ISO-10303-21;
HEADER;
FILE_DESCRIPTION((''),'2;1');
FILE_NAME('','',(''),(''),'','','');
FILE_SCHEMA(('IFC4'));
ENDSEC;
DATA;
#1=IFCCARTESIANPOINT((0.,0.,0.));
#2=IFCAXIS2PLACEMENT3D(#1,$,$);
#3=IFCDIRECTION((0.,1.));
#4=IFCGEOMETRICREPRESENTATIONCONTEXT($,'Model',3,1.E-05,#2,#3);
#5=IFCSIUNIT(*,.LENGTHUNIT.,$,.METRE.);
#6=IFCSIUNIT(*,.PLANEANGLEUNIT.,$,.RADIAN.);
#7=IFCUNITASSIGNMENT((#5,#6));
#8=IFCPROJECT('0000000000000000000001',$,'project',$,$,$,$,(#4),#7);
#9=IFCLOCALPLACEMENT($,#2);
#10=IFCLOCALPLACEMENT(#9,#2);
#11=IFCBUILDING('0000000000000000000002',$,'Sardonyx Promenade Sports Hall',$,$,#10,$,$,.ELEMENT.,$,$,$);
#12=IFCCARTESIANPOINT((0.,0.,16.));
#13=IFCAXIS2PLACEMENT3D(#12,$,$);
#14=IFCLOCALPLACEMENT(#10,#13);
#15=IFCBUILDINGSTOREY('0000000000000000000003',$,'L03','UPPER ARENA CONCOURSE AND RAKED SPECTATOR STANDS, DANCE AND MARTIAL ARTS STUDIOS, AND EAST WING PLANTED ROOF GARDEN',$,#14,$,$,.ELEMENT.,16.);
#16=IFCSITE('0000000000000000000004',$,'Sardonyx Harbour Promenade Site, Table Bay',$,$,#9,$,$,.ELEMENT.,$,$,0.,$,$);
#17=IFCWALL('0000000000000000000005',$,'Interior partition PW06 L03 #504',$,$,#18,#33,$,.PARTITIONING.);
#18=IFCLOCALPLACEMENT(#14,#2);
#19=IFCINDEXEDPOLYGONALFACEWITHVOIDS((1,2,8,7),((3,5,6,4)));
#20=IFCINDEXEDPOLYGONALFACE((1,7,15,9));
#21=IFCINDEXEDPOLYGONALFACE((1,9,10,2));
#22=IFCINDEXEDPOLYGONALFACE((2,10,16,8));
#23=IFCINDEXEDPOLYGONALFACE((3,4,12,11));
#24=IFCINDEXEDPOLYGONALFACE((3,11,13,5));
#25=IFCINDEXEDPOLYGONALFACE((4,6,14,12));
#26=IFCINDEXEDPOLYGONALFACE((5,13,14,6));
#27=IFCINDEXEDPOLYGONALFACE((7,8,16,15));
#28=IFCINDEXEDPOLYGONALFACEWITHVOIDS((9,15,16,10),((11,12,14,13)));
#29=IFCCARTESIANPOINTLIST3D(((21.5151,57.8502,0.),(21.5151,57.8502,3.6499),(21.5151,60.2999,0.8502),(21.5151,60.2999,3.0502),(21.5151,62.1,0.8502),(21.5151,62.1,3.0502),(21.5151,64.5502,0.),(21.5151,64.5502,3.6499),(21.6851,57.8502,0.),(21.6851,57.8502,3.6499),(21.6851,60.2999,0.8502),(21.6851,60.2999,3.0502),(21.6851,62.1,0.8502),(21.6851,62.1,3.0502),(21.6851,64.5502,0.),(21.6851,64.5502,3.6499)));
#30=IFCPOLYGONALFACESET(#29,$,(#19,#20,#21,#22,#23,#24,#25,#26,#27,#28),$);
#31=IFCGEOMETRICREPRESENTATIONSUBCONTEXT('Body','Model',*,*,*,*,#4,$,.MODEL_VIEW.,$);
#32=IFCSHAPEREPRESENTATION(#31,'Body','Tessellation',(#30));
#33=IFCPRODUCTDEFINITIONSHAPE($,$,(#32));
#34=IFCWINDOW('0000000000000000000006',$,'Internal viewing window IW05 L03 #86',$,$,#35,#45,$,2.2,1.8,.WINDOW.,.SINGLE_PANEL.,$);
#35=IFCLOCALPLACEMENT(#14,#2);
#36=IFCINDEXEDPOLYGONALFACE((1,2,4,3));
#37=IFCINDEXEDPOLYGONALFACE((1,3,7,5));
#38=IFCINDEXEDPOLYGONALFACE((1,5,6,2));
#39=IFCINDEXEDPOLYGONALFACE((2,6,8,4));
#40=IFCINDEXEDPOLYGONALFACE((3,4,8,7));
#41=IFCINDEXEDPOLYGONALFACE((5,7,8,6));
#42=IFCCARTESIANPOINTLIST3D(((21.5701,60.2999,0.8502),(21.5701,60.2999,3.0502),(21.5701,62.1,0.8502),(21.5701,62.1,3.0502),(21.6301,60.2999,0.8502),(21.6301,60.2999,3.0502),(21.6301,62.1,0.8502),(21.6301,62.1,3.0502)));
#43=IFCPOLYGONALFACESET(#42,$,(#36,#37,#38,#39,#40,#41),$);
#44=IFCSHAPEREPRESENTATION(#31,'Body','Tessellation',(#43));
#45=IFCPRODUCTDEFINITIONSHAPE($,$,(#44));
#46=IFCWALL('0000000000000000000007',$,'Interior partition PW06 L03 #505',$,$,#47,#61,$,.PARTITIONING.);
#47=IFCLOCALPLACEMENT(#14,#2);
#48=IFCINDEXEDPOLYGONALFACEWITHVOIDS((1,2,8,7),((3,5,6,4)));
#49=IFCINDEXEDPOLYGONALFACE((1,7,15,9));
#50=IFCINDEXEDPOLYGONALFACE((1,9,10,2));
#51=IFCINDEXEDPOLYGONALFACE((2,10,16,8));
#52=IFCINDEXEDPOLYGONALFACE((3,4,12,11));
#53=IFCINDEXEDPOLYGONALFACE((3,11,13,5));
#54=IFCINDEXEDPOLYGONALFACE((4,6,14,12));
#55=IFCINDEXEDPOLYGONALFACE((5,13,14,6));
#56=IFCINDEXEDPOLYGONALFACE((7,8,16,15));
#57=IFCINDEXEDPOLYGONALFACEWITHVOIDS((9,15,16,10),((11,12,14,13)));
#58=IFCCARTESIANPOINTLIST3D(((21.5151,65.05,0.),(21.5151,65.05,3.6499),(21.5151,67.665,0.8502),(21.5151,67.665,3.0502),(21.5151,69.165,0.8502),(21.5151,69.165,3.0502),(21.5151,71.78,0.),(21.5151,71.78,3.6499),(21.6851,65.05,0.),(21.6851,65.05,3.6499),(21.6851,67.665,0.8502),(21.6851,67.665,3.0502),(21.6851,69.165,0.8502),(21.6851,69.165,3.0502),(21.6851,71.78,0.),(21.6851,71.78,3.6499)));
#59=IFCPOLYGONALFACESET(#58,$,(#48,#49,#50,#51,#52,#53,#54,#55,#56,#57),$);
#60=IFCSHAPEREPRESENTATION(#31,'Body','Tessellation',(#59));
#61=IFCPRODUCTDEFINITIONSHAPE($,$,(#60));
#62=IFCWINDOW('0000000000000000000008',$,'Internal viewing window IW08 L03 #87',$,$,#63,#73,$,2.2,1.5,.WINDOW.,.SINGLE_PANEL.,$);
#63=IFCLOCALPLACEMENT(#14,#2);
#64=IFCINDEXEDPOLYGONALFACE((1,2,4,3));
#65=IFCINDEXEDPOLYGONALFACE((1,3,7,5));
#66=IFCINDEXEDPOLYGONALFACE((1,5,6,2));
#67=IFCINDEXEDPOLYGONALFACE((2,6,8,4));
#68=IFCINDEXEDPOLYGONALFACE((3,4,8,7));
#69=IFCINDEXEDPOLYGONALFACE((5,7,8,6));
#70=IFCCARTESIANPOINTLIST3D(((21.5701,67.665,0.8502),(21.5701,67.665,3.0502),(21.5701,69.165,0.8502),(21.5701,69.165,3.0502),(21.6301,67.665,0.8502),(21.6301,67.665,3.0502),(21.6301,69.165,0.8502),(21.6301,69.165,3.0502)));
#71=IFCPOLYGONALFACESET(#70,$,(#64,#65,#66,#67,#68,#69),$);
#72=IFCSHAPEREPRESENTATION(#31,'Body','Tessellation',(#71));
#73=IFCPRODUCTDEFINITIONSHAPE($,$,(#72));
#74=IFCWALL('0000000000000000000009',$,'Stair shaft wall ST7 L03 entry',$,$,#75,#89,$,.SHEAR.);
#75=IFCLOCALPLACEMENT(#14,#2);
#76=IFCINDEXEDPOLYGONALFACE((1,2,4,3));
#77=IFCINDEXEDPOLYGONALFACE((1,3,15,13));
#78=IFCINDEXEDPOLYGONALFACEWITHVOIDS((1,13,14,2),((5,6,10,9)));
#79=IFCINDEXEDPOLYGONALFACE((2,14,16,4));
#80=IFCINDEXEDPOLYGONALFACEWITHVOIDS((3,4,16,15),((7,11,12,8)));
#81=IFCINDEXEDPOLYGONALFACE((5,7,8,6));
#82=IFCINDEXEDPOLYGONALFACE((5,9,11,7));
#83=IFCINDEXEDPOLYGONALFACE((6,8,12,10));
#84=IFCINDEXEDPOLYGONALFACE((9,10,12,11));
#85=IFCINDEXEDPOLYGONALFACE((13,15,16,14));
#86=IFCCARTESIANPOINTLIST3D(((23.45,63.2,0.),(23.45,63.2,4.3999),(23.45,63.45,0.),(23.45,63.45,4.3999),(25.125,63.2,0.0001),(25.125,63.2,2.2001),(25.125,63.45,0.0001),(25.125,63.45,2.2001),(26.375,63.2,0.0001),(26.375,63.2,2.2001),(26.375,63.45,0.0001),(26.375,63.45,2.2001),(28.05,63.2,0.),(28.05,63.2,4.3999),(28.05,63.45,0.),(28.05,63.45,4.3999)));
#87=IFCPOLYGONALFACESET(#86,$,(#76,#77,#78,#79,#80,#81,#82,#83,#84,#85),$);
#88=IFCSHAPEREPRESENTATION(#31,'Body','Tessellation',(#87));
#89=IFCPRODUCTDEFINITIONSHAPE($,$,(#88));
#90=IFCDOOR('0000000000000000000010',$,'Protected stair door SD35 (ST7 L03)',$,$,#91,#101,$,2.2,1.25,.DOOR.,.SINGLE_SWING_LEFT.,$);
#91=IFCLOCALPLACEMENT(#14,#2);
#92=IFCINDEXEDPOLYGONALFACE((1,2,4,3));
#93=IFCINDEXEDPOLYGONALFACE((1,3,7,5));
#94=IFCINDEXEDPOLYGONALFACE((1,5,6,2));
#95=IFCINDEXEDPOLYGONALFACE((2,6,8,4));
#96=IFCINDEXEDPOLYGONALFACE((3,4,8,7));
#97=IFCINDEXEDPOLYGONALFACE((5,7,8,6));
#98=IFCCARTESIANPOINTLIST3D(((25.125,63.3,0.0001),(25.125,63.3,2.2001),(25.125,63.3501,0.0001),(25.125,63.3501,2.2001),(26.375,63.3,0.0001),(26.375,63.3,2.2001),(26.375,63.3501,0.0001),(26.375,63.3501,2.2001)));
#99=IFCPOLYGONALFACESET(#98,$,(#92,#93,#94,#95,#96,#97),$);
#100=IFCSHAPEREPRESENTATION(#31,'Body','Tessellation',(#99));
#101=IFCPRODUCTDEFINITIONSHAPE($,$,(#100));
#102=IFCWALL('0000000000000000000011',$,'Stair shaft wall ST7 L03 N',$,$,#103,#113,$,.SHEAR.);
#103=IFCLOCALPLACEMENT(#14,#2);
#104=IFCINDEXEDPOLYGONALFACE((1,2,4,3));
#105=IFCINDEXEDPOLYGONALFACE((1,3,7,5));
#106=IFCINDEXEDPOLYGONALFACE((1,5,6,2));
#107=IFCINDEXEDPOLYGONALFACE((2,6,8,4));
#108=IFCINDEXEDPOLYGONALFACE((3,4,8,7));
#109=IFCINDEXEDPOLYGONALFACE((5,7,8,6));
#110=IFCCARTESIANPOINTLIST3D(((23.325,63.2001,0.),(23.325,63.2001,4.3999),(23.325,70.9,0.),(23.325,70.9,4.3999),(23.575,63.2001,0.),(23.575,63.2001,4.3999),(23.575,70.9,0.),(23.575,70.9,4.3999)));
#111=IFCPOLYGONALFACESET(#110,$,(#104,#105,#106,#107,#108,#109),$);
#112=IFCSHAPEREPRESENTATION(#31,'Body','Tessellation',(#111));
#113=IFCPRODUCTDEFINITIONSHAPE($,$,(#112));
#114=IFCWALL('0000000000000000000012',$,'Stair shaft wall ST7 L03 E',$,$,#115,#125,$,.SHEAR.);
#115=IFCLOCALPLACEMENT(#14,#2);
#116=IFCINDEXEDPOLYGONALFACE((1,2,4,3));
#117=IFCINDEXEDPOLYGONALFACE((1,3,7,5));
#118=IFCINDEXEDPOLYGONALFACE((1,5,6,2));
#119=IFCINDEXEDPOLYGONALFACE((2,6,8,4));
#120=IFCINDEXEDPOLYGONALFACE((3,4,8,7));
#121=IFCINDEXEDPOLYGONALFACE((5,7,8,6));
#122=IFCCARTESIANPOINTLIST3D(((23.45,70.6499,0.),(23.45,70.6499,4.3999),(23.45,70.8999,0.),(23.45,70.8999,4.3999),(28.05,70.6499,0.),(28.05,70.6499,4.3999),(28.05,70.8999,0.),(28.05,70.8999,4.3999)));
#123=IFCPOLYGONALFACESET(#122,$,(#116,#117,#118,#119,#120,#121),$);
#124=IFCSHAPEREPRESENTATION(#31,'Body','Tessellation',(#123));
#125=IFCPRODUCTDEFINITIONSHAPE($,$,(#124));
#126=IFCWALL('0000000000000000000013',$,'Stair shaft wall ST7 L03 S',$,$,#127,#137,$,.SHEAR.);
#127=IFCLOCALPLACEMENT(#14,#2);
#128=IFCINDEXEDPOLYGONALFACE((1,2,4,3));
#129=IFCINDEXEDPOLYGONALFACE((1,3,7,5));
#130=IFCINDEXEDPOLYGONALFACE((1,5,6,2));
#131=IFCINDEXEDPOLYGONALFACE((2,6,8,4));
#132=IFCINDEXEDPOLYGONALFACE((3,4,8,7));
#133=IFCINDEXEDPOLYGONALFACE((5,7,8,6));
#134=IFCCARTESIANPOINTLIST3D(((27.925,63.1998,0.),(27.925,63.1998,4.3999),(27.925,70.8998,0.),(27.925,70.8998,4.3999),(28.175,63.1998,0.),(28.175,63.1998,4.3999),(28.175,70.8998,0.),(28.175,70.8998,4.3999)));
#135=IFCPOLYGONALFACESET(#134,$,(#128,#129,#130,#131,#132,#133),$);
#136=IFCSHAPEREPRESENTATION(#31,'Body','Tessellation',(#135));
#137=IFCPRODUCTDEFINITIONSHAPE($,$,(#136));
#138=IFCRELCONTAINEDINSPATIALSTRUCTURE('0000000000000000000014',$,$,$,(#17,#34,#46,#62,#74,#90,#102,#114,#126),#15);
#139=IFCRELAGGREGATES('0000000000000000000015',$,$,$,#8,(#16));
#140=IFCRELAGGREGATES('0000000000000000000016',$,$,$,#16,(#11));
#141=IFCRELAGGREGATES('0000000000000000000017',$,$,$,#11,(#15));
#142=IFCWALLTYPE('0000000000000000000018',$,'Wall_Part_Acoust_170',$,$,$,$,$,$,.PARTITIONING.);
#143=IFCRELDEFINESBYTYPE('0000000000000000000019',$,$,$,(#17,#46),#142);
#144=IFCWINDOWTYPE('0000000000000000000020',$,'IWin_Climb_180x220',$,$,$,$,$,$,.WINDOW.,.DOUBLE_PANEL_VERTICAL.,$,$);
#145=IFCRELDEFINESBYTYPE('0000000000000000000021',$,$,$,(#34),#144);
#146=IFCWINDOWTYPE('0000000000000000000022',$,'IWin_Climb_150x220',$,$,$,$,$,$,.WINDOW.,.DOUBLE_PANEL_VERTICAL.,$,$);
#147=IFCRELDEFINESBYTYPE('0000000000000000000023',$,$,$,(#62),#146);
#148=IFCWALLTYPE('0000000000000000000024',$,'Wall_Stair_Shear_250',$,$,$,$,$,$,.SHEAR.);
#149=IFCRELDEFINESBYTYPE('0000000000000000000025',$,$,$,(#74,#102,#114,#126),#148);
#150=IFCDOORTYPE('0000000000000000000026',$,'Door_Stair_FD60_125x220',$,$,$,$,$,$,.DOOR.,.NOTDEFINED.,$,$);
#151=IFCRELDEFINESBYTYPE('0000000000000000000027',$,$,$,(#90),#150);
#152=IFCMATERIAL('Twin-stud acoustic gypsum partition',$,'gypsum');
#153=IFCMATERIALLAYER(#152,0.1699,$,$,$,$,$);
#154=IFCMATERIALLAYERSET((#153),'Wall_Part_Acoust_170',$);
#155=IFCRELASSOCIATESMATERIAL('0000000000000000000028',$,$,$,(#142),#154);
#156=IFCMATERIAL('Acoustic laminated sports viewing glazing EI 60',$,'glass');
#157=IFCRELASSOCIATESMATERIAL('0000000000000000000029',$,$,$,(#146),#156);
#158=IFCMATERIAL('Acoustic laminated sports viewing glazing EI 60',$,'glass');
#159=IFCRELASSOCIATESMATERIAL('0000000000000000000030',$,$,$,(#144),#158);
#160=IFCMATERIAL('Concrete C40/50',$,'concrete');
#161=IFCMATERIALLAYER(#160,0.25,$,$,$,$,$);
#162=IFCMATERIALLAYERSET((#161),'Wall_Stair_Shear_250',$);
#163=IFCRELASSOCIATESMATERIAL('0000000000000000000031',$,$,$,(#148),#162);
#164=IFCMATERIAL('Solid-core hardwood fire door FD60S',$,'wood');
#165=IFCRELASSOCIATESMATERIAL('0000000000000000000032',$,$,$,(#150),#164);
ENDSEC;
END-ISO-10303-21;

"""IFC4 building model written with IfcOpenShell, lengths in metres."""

from ifc_helpers import new_model, si_unit, direction, frame, frame_2d, origin, place, context, subcontext, project, spatial, rectangle, extrude, material, layer, layer_set, type_object, element, fill, save


model = new_model("IFC4")

# Units and contexts
model_context = context("Model", 3, precision=1e-05, world=origin(), true_north=direction((0.0, 1.0)))
body_context = subcontext(model_context, "Body", "Model", "MODEL_VIEW")
ifc_project = project(units=[si_unit("LENGTHUNIT", "METRE"), si_unit("PLANEANGLEUNIT", "RADIAN")], contexts=[model_context])

# Site, building, storey
site_placement = place(None, origin())
site = spatial("IfcSite", under=ifc_project, at=site_placement, Name="Sardonyx Harbour Promenade Site, Table Bay", CompositionType="ELEMENT", RefElevation=0.0)
building_placement = place(site_placement, origin())
building = spatial("IfcBuilding", under=site, at=building_placement, Name="Sardonyx Promenade Sports Hall", CompositionType="ELEMENT")
storey_placement = place(building_placement, frame((0.0, 0.0, 16.0)))
storey = spatial("IfcBuildingStorey", under=building, at=storey_placement, Name="L03", Description="UPPER ARENA CONCOURSE AND RAKED SPECTATOR STANDS, DANCE AND MARTIAL ARTS STUDIOS, AND EAST WING PLANTED ROOF GARDEN", CompositionType="ELEMENT", Elevation=16.0)

# Walls, openings, windows
ifc_material_1 = material(Name="Twin-stud acoustic gypsum partition", Category="gypsum")
ifc_layer_1 = layer(ifc_material_1, 0.1699)
ifc_layer_set_1 = layer_set([ifc_layer_1], Name="Wall_Part_Acoust_170")
wall_type_1 = type_object("IfcWallType", Name="Wall_Part_Acoust_170", PredefinedType="PARTITIONING", material=ifc_layer_set_1)
ifc_material_2 = material(Name="Acoustic laminated sports viewing glazing EI 60", Category="glass")
window_type_1 = type_object("IfcWindowType", Name="IWin_Climb_150x220", PartitioningType="DOUBLE_PANEL_VERTICAL", PredefinedType="WINDOW", material=ifc_material_2)
wall_1_placement = place(storey_placement, frame((21.6001, 57.8501, 0.0), z_axis=(0.0, 0.0, 1.0), x_axis=(0.0, 1.0, 0.0)))
wall_1 = element("IfcWall", 1, at=wall_1_placement, inside=storey, type_object=wall_type_1, Name="Interior partition PW06 L03 #504", PredefinedType="PARTITIONING", context=body_context, shape_type="SweptSolid", body=[
    extrude(rectangle(XDim=6.7, YDim=0.1699, at=frame_2d((3.3501, 0.0))), origin(), (0.0, 0.0, 1.0), 3.6499),
])
opening_1_placement = place(wall_1_placement, frame((2.45, 0.0, 0.8501)))
opening_1 = element("IfcOpeningElement", 2, at=opening_1_placement, cuts=wall_1, PredefinedType="OPENING", context=body_context, shape_type="SweptSolid", body=[
    extrude(rectangle(XDim=1.8, YDim=2.2, at=frame_2d((0.8999, 1.1001))), frame((0.0, 0.095, 0.0), z_axis=(0.0, -1.0, 0.0), x_axis=(1.0, 0.0, 0.0)), (0.0, 0.0, 1.0), 0.19),
])
ifc_material_3 = material(Name="Acoustic laminated sports viewing glazing EI 60", Category="glass")
window_type_2 = type_object("IfcWindowType", Name="IWin_Climb_180x220", PartitioningType="DOUBLE_PANEL_VERTICAL", PredefinedType="WINDOW", material=ifc_material_3)
window_1_placement = place(opening_1_placement, origin())
window_1 = element("IfcWindow", 3, at=window_1_placement, inside=storey, type_object=window_type_2, Name="Internal viewing window IW05 L03 #86", OverallHeight=2.2, OverallWidth=1.8, PartitioningType="SINGLE_PANEL", PredefinedType="WINDOW", context=body_context, shape_type="SweptSolid", body=[
    extrude(rectangle(XDim=1.8, YDim=2.2, at=frame_2d((0.8999, 1.1001))), frame((0.0, 0.03, 0.0), z_axis=(0.0, -1.0, 0.0), x_axis=(1.0, 0.0, 0.0)), (0.0, 0.0, 1.0), 0.0601),
])
fill(opening_1, window_1)
wall_2_placement = place(storey_placement, frame((21.6001, 65.05, 0.0), z_axis=(0.0, 0.0, 1.0), x_axis=(0.0, 1.0, 0.0)))
wall_2 = element("IfcWall", 4, at=wall_2_placement, inside=storey, type_object=wall_type_1, Name="Interior partition PW06 L03 #505", PredefinedType="PARTITIONING", context=body_context, shape_type="SweptSolid", body=[
    extrude(rectangle(XDim=6.73, YDim=0.1699, at=frame_2d((3.365, 0.0))), origin(), (0.0, 0.0, 1.0), 3.6499),
])
opening_2_placement = place(wall_2_placement, frame((2.615, 0.0, 0.8501)))
opening_2 = element("IfcOpeningElement", 5, at=opening_2_placement, cuts=wall_2, PredefinedType="OPENING", context=body_context, shape_type="SweptSolid", body=[
    extrude(rectangle(XDim=1.5, YDim=2.2, at=frame_2d((0.75, 1.1001))), frame((0.0, 0.095, 0.0), z_axis=(0.0, -1.0, 0.0), x_axis=(1.0, 0.0, 0.0)), (0.0, 0.0, 1.0), 0.19),
])
window_2_placement = place(opening_2_placement, origin())
window_2 = element("IfcWindow", 6, at=window_2_placement, inside=storey, type_object=window_type_1, Name="Internal viewing window IW08 L03 #87", OverallHeight=2.2, OverallWidth=1.5, PartitioningType="SINGLE_PANEL", PredefinedType="WINDOW", context=body_context, shape_type="SweptSolid", body=[
    extrude(rectangle(XDim=1.5, YDim=2.2, at=frame_2d((0.75, 1.1001))), frame((0.0, 0.03, 0.0), z_axis=(0.0, -1.0, 0.0), x_axis=(1.0, 0.0, 0.0)), (0.0, 0.0, 1.0), 0.0601),
])
fill(opening_2, window_2)

# Wall, opening, door
ifc_material_4 = material(Name="Concrete C40/50", Category="concrete")
ifc_layer_2 = layer(ifc_material_4, 0.25)
ifc_layer_set_2 = layer_set([ifc_layer_2], Name="Wall_Stair_Shear_250")
wall_type_2 = type_object("IfcWallType", Name="Wall_Stair_Shear_250", PredefinedType="SHEAR", material=ifc_layer_set_2)
wall_3_placement = place(storey_placement, frame((28.05, 63.325, 0.0), z_axis=(0.0, 0.0, 1.0), x_axis=(-1.0, 0.0, 0.0)))
wall_3 = element("IfcWall", 7, at=wall_3_placement, inside=storey, type_object=wall_type_2, Name="Stair shaft wall ST7 L03 entry", PredefinedType="SHEAR", context=body_context, shape_type="SweptSolid", body=[
    extrude(rectangle(XDim=4.6001, YDim=0.25, at=frame_2d((2.3, 0.0))), origin(), (0.0, 0.0, 1.0), 4.3999),
])
opening_3_placement = place(wall_3_placement, frame((1.675, 0.0, 0.0)))
opening_3 = element("IfcOpeningElement", 8, at=opening_3_placement, cuts=wall_3, PredefinedType="OPENING", context=body_context, shape_type="SweptSolid", body=[
    extrude(rectangle(XDim=1.25, YDim=2.2, at=frame_2d((0.625, 1.1001))), frame((0.0, 0.135, 0.0), z_axis=(0.0, -1.0, 0.0), x_axis=(1.0, 0.0, 0.0)), (0.0, 0.0, 1.0), 0.27),
])
ifc_material_5 = material(Name="Solid-core hardwood fire door FD60S", Category="wood")
door_type = type_object("IfcDoorType", Name="Door_Stair_FD60_125x220", OperationType="NOTDEFINED", PredefinedType="DOOR", material=ifc_material_5)
door_placement = place(opening_3_placement, origin())
door = element("IfcDoor", 9, at=door_placement, inside=storey, type_object=door_type, Name="Protected stair door SD35 (ST7 L03)", OperationType="SINGLE_SWING_LEFT", OverallHeight=2.2, OverallWidth=1.25, PredefinedType="DOOR", context=body_context, shape_type="SweptSolid", body=[
    extrude(rectangle(XDim=1.25, YDim=2.2, at=frame_2d((0.625, 1.1001))), frame((0.0, 0.0249, 0.0), z_axis=(0.0, -1.0, 0.0), x_axis=(1.0, 0.0, 0.0)), (0.0, 0.0, 1.0), 0.05),
])
fill(opening_3, door)

# Walls
wall_4_placement = place(storey_placement, frame((23.45, 63.2, 0.0), z_axis=(0.0, 0.0, 1.0), x_axis=(0.0, 1.0, 0.0)))
element("IfcWall", 10, at=wall_4_placement, inside=storey, type_object=wall_type_2, Name="Stair shaft wall ST7 L03 N", PredefinedType="SHEAR", context=body_context, shape_type="SweptSolid", body=[
    extrude(rectangle(XDim=7.7, YDim=0.25, at=frame_2d((3.8501, 0.0))), origin(), (0.0, 0.0, 1.0), 4.3999),
])
wall_5_placement = place(storey_placement, frame((23.45, 70.7749, 0.0), z_axis=(0.0, 0.0, 1.0), x_axis=(1.0, 0.0, 0.0)))
element("IfcWall", 11, at=wall_5_placement, inside=storey, type_object=wall_type_2, Name="Stair shaft wall ST7 L03 E", PredefinedType="SHEAR", context=body_context, shape_type="SweptSolid", body=[
    extrude(rectangle(XDim=4.6001, YDim=0.25, at=frame_2d((2.3, 0.0))), origin(), (0.0, 0.0, 1.0), 4.3999),
])
wall_6_placement = place(storey_placement, frame((28.05, 70.8999, 0.0), z_axis=(0.0, 0.0, 1.0), x_axis=(0.0, -1.0, 0.0)))
element("IfcWall", 12, at=wall_6_placement, inside=storey, type_object=wall_type_2, Name="Stair shaft wall ST7 L03 S", PredefinedType="SHEAR", context=body_context, shape_type="SweptSolid", body=[
    extrude(rectangle(XDim=7.7, YDim=0.25, at=frame_2d((3.8501, 0.0))), origin(), (0.0, 0.0, 1.0), 4.3999),
])

save(model, "model.ifc")
